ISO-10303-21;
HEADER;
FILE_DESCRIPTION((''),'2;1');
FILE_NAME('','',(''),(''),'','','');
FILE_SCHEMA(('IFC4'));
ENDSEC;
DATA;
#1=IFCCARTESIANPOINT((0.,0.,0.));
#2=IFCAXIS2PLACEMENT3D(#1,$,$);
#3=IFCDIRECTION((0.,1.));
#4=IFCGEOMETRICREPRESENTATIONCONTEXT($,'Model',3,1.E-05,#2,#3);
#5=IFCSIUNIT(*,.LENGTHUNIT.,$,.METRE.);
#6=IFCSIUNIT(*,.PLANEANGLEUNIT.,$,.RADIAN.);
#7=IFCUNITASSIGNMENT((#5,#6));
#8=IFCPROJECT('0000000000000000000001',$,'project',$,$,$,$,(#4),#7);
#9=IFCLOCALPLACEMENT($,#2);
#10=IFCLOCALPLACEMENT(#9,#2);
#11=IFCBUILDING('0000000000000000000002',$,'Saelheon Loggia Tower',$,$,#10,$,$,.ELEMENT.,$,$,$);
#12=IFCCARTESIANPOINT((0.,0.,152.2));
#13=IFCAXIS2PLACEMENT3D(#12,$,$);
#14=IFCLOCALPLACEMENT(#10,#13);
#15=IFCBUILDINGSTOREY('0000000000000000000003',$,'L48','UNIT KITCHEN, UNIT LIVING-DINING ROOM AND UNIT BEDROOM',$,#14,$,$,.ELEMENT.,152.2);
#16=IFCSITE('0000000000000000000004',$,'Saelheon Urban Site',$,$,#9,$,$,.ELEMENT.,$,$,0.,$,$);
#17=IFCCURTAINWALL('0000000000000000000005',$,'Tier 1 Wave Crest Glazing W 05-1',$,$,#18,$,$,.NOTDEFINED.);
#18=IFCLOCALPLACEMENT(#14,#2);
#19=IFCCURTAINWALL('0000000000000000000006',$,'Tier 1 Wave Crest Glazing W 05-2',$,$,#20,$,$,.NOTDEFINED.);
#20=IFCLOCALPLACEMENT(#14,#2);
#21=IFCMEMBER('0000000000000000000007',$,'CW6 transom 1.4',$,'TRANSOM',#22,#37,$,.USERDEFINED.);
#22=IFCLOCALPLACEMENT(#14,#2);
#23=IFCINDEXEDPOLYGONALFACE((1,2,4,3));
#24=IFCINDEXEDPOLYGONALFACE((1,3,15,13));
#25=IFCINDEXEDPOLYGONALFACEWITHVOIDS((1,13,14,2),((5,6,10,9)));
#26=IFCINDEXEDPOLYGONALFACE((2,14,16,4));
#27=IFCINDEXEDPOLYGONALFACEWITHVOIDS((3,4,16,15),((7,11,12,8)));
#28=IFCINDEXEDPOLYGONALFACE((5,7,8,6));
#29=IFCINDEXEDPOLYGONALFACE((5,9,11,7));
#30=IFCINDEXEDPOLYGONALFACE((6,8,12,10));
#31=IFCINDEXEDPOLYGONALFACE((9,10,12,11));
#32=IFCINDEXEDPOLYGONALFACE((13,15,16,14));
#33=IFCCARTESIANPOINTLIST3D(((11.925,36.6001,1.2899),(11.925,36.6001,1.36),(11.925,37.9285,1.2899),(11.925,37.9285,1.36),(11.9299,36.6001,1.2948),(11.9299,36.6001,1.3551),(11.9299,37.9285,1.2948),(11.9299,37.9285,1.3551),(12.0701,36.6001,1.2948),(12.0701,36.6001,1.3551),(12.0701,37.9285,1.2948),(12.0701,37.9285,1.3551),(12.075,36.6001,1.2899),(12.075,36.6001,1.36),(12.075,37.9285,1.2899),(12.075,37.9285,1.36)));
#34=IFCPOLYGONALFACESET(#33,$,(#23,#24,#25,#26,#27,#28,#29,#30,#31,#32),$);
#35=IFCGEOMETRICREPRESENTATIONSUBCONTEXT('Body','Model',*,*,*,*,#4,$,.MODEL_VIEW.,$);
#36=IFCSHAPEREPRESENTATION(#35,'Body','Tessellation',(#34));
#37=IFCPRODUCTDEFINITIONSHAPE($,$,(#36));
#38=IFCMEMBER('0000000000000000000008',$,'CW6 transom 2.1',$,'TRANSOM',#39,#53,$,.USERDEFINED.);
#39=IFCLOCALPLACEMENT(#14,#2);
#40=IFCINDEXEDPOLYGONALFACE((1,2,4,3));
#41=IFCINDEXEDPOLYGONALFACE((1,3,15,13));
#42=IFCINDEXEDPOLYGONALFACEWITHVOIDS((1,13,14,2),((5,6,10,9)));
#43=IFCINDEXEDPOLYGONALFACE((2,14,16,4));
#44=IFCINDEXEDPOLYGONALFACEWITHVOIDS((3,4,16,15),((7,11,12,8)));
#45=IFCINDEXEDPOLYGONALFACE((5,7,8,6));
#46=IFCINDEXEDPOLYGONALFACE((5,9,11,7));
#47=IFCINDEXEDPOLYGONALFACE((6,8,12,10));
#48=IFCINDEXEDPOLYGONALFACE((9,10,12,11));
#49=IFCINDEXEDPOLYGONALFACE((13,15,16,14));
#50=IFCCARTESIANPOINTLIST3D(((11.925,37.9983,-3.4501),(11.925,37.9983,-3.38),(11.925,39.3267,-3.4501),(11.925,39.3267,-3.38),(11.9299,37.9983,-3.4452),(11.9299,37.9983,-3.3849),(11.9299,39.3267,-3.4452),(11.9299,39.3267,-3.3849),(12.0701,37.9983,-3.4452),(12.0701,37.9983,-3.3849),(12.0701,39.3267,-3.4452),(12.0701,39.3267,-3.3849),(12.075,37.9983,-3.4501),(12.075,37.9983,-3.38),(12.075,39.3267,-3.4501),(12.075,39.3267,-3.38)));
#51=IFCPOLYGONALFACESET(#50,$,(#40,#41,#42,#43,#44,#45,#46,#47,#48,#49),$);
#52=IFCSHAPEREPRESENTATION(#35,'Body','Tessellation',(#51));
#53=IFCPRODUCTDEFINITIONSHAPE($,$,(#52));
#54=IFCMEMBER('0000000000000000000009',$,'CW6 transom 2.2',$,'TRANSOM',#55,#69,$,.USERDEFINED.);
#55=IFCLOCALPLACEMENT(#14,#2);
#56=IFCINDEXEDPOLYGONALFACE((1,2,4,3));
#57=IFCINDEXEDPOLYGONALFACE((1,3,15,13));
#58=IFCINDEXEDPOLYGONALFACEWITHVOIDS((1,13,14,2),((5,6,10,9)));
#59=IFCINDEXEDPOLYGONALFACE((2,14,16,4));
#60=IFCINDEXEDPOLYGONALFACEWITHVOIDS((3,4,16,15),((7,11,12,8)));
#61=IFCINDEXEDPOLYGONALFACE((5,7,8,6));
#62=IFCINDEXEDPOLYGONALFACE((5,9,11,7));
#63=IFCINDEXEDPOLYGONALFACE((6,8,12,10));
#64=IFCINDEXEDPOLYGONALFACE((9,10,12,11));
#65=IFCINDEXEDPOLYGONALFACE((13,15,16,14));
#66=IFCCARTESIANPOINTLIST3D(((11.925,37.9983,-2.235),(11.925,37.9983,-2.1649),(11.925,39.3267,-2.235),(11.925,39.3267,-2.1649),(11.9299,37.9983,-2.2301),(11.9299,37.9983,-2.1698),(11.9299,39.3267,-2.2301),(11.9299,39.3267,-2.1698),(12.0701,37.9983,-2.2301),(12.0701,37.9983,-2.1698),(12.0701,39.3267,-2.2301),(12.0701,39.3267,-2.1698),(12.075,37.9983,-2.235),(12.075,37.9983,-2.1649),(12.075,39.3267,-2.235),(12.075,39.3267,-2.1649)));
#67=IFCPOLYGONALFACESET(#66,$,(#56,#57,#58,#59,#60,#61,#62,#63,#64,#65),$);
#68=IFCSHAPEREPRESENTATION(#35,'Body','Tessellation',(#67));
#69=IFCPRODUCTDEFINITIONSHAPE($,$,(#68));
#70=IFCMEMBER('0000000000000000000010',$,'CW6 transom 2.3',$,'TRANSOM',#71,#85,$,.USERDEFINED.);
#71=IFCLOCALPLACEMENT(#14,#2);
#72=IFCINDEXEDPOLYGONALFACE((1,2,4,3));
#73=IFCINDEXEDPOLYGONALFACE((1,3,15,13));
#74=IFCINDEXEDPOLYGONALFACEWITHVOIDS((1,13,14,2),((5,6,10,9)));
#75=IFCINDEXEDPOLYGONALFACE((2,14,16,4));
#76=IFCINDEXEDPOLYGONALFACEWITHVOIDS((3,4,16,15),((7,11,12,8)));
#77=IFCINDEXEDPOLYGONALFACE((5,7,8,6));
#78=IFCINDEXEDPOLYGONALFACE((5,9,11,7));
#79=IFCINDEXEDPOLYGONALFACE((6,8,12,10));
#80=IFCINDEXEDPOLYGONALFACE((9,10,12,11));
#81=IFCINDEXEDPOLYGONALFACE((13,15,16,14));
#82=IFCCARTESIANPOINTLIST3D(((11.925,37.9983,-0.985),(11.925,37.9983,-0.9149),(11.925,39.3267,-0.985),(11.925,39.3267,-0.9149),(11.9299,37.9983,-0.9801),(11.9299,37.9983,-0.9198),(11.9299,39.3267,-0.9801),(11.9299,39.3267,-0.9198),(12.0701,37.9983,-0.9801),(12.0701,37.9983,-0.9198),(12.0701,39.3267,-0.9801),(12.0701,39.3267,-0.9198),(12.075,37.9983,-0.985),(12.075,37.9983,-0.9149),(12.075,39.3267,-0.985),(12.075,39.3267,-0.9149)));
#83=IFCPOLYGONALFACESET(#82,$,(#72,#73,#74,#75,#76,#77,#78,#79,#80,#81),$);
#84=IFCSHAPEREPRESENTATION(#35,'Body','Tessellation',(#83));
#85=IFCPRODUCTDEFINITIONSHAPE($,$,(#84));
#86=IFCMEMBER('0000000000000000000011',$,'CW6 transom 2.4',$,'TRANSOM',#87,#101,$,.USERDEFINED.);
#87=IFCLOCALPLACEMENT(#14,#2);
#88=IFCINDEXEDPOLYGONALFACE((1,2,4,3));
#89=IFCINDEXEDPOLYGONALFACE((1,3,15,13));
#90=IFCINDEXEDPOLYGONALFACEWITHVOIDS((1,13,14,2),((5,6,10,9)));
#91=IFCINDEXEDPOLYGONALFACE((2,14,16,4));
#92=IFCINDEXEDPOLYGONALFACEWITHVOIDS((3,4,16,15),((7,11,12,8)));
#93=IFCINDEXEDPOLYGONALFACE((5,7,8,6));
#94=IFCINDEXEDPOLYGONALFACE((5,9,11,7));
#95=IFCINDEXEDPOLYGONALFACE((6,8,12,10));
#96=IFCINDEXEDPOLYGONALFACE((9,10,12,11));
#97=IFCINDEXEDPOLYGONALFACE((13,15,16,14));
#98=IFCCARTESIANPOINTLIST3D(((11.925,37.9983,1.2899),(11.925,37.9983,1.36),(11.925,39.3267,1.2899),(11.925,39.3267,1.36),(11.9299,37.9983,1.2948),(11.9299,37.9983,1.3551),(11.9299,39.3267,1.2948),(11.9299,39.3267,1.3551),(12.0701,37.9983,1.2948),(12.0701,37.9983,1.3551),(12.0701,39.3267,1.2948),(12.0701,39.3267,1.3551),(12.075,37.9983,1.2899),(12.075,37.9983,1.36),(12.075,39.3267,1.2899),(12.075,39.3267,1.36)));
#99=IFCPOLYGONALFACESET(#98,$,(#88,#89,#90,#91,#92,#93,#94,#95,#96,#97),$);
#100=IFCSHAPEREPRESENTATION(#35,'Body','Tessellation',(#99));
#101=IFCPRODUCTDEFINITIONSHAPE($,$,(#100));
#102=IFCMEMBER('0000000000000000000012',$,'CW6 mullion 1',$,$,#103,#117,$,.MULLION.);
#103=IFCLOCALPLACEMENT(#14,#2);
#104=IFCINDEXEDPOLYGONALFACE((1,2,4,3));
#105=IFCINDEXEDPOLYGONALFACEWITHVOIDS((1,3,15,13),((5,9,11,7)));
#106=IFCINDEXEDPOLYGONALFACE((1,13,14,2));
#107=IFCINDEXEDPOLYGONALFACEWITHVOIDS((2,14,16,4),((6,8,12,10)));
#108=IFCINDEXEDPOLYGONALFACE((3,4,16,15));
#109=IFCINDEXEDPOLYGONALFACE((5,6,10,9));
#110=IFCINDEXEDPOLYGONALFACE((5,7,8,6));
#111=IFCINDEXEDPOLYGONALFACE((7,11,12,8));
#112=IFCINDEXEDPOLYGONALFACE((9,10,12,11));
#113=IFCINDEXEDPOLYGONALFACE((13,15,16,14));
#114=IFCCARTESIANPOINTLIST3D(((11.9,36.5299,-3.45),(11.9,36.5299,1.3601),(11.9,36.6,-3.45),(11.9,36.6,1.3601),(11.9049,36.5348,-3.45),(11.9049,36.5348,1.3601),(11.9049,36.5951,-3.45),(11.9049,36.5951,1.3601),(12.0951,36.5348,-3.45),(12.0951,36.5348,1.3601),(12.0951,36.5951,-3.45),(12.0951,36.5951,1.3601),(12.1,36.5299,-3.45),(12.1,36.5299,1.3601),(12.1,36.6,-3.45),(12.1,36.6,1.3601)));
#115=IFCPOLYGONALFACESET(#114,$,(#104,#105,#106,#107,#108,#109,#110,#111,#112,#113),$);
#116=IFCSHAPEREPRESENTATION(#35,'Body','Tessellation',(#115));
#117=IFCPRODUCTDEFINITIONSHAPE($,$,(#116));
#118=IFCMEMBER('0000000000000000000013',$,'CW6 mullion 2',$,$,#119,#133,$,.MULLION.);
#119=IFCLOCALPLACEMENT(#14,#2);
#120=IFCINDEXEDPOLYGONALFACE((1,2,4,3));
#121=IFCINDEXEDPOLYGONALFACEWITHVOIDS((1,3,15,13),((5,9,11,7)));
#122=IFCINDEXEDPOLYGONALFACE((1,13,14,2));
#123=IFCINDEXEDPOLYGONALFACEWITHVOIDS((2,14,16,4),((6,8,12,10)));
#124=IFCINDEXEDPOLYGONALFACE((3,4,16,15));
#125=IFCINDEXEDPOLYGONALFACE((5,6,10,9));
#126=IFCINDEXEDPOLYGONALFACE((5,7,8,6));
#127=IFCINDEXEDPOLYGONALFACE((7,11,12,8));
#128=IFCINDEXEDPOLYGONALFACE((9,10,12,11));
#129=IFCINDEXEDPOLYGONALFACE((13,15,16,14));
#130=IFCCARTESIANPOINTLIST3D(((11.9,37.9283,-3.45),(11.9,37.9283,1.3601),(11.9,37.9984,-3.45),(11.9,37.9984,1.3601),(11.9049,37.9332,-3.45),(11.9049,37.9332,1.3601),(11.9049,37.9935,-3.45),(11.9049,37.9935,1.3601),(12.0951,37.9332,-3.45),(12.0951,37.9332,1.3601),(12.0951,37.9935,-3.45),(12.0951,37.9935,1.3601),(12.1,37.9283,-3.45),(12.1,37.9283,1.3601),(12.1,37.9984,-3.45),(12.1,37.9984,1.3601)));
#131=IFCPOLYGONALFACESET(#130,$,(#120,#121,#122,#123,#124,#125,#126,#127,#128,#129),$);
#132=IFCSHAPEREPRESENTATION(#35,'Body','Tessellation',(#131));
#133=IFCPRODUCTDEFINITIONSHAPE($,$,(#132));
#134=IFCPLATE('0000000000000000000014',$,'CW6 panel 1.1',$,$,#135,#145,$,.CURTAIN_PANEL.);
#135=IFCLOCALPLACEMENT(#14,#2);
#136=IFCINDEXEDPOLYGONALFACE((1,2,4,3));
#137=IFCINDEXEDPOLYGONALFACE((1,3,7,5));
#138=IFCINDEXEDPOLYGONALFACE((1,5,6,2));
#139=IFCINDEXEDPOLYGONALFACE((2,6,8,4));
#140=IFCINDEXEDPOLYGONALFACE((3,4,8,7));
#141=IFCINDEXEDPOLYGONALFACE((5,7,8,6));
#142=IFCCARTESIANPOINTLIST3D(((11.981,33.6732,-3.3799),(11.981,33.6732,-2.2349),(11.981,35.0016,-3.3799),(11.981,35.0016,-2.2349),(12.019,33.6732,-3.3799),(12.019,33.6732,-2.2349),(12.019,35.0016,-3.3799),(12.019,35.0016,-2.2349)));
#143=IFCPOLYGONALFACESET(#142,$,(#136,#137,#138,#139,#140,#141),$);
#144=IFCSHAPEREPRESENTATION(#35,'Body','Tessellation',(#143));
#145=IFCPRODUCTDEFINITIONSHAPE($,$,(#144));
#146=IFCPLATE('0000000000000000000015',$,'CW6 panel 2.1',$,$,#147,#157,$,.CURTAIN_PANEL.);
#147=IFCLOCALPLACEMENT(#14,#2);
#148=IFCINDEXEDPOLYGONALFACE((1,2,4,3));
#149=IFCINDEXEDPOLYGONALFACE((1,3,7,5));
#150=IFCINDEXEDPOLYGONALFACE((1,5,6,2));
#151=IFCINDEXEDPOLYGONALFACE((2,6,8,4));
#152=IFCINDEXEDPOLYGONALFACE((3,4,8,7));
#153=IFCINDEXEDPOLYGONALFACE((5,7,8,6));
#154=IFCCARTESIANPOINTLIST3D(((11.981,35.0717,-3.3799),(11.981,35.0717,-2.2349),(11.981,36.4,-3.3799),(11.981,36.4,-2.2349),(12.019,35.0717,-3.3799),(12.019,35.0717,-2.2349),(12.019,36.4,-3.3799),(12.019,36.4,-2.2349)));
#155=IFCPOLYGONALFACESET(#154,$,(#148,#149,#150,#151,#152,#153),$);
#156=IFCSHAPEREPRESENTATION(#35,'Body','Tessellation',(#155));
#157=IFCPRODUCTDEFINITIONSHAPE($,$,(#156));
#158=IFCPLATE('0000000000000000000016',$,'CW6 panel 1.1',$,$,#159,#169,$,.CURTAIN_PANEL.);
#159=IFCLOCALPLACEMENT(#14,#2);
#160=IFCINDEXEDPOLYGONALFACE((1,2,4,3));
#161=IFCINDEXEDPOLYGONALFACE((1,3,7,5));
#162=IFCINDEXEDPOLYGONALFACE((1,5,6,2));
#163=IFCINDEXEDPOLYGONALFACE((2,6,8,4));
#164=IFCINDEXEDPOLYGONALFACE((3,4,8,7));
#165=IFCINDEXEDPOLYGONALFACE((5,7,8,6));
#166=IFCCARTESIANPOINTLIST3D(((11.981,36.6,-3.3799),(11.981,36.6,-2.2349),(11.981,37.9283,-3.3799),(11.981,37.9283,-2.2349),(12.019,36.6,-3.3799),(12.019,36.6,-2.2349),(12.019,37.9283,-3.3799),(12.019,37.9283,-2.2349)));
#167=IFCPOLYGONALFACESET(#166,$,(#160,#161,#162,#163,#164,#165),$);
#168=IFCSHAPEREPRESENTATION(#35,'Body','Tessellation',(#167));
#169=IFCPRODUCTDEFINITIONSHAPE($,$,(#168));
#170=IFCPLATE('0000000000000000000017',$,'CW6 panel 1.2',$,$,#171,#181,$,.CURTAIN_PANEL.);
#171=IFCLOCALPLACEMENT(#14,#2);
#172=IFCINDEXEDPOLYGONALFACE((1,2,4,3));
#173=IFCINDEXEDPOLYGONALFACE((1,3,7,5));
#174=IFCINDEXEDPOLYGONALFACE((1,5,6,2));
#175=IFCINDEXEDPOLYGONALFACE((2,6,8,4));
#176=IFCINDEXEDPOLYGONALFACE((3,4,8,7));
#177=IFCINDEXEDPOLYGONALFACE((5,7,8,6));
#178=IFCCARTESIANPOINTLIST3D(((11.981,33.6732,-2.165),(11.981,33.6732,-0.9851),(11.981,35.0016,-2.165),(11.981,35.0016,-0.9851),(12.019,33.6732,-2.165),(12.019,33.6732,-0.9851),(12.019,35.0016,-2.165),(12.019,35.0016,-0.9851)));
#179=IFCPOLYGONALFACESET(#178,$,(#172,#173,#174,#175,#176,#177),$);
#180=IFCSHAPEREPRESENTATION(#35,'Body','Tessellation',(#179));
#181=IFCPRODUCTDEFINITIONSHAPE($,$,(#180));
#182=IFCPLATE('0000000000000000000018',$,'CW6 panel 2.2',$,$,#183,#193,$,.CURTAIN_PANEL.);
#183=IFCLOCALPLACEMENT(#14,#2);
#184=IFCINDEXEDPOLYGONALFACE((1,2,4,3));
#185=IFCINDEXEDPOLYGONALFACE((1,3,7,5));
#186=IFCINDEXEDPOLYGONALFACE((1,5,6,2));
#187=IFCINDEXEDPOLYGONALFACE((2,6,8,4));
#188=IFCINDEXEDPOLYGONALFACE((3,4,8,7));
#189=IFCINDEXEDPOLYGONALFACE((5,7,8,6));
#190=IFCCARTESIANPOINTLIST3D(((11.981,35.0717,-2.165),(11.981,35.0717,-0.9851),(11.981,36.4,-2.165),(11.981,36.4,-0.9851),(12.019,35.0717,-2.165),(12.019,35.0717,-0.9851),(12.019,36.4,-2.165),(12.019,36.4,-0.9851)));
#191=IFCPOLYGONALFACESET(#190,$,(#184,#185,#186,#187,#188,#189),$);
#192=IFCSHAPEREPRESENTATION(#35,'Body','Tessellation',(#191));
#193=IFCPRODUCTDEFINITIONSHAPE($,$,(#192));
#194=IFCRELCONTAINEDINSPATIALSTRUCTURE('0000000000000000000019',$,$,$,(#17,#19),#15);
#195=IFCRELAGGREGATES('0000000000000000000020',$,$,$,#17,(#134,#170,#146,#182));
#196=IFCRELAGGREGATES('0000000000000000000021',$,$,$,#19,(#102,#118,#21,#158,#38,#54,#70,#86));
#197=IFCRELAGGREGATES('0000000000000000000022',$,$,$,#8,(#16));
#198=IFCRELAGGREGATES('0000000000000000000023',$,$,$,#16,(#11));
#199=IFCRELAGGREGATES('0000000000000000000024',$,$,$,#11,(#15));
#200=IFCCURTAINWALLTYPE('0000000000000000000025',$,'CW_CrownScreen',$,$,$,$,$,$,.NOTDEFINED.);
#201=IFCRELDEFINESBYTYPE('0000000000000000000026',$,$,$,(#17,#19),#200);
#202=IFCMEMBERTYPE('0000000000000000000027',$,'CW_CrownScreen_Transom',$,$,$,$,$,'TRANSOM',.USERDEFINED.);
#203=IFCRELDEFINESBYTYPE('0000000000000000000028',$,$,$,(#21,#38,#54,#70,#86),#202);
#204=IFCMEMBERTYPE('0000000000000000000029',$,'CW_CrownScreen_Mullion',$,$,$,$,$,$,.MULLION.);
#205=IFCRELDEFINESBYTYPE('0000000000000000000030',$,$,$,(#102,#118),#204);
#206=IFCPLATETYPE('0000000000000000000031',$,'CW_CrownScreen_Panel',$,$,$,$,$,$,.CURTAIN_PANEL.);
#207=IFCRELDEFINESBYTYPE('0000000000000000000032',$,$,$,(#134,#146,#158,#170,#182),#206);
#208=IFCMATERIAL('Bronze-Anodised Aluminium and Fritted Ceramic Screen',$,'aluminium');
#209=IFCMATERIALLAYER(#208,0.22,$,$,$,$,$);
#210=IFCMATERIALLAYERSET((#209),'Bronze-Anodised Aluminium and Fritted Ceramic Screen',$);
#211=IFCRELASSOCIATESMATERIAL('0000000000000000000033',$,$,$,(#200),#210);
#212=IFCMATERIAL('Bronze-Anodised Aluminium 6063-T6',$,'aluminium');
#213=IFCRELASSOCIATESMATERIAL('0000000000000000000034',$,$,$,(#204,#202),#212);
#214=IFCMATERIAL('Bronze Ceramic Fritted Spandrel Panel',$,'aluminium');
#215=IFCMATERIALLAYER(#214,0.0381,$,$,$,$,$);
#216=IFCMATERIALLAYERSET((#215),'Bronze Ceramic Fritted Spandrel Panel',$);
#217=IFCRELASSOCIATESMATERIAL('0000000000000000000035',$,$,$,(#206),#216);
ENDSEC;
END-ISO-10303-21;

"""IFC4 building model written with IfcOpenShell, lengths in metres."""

from ifc_helpers import new_model, si_unit, direction, frame, origin, origin_2d, place, context, subcontext, project, spatial, rectangle, hollow_rectangle, extrude, source, transform, mapped, material, layer, layer_set, material_profile, profile_set, type_object, element, aggregate, save


model = new_model("IFC4")

# Units and contexts
model_context = context("Model", 3, precision=1e-05, world=origin(), true_north=direction((0.0, 1.0)))
body_context = subcontext(model_context, "Body", "Model", "MODEL_VIEW")
ifc_project = project(units=[si_unit("LENGTHUNIT", "METRE"), si_unit("PLANEANGLEUNIT", "RADIAN")], contexts=[model_context])

# Site, building, storey
site_placement = place(None, origin())
site = spatial("IfcSite", under=ifc_project, at=site_placement, Name="Saelheon Urban Site", CompositionType="ELEMENT", RefElevation=0.0)
building_placement = place(site_placement, origin())
building = spatial("IfcBuilding", under=site, at=building_placement, Name="Saelheon Loggia Tower", CompositionType="ELEMENT")
storey_placement = place(building_placement, frame((0.0, 0.0, 152.2)))
storey = spatial("IfcBuildingStorey", under=building, at=storey_placement, Name="L48", Description="UNIT KITCHEN, UNIT LIVING-DINING ROOM AND UNIT BEDROOM", CompositionType="ELEMENT", Elevation=152.2)

# Curtain walls, members
ifc_material_1 = material(Name="Bronze-Anodised Aluminium and Fritted Ceramic Screen", Category="aluminium")
ifc_layer_1 = layer(ifc_material_1, 0.22)
ifc_layer_set_1 = layer_set([ifc_layer_1], Name="Bronze-Anodised Aluminium and Fritted Ceramic Screen")
curtain_wall_type = type_object("IfcCurtainWallType", Name="CW_CrownScreen", PredefinedType="NOTDEFINED", material=ifc_layer_set_1)
curtain_wall_1_placement = place(storey_placement, origin())
curtain_wall_1 = element("IfcCurtainWall", 1, at=curtain_wall_1_placement, inside=storey, type_object=curtain_wall_type, Name="Tier 1 Wave Crest Glazing W 05-1", PredefinedType="NOTDEFINED")
ifc_material_2 = material(Name="Bronze-Anodised Aluminium 6063-T6", Category="aluminium")
ifc_material_profile_1 = material_profile(ifc_material_2, hollow_rectangle(XDim=0.0701, YDim=0.2, WallThickness=0.0049, at=origin_2d()), Name="RHS-200x70x5")
ifc_profile_set_1 = profile_set([ifc_material_profile_1], Name="Bronze-Anodised Aluminium 6063-T6")
member_type_1 = type_object("IfcMemberType", Name="CW_CrownScreen_Mullion", PredefinedType="MULLION", material=ifc_profile_set_1)
ifc_material_profile_2 = material_profile(ifc_material_2, hollow_rectangle(XDim=0.0701, YDim=0.1499, WallThickness=0.0049, at=origin_2d()), Name="RHS-150x70x5")
ifc_profile_set_2 = profile_set([ifc_material_profile_2], Name="Bronze-Anodised Aluminium 6063-T6")
member_type_2 = type_object("IfcMemberType", Name="CW_CrownScreen_Transom", ElementType="TRANSOM", PredefinedType="USERDEFINED", material=ifc_profile_set_2)
shared_shape_1 = source(origin(), body_context, "Body", "SweptSolid", [
    extrude(hollow_rectangle(XDim=0.0701, YDim=0.1499, WallThickness=0.0049, at=origin_2d()), origin(), (0.0, 0.0, 1.0), 1.3284),
])
curtain_wall_2_placement = place(storey_placement, origin())
curtain_wall_2 = element("IfcCurtainWall", 2, at=curtain_wall_2_placement, inside=storey, type_object=curtain_wall_type, Name="Tier 1 Wave Crest Glazing W 05-2", PredefinedType="NOTDEFINED")
member_1_placement = place(storey_placement, frame((12.0, 36.6001, 1.325), z_axis=(0.0, 1.0, 0.0), x_axis=(0.0, 0.0, 1.0)))
member_1 = element("IfcMember", 3, at=member_1_placement, type_object=member_type_2, Name="CW6 transom 1.4", ObjectType="TRANSOM", PredefinedType="USERDEFINED", context=body_context, shape_type="MappedRepresentation", body=[
    mapped(shared_shape_1, transform((0.0, 0.0, 0.0), scale=1.0)),
])
member_2_placement = place(storey_placement, frame((12.0, 37.9983, -3.415), z_axis=(0.0, 1.0, 0.0), x_axis=(0.0, 0.0, 1.0)))
member_2 = element("IfcMember", 4, at=member_2_placement, type_object=member_type_2, Name="CW6 transom 2.1", ObjectType="TRANSOM", PredefinedType="USERDEFINED", context=body_context, shape_type="MappedRepresentation", body=[
    mapped(shared_shape_1, transform((0.0, 0.0, 0.0), scale=1.0)),
])
member_3_placement = place(storey_placement, frame((12.0, 37.9983, -2.2), z_axis=(0.0, 1.0, 0.0), x_axis=(0.0, 0.0, 1.0)))
member_3 = element("IfcMember", 5, at=member_3_placement, type_object=member_type_2, Name="CW6 transom 2.2", ObjectType="TRANSOM", PredefinedType="USERDEFINED", context=body_context, shape_type="MappedRepresentation", body=[
    mapped(shared_shape_1, transform((0.0, 0.0, 0.0), scale=1.0)),
])
member_4_placement = place(storey_placement, frame((12.0, 37.9983, -0.95), z_axis=(0.0, 1.0, 0.0), x_axis=(0.0, 0.0, 1.0)))
member_4 = element("IfcMember", 6, at=member_4_placement, type_object=member_type_2, Name="CW6 transom 2.3", ObjectType="TRANSOM", PredefinedType="USERDEFINED", context=body_context, shape_type="MappedRepresentation", body=[
    mapped(shared_shape_1, transform((0.0, 0.0, 0.0), scale=1.0)),
])
member_5_placement = place(storey_placement, frame((12.0, 37.9983, 1.325), z_axis=(0.0, 1.0, 0.0), x_axis=(0.0, 0.0, 1.0)))
member_5 = element("IfcMember", 7, at=member_5_placement, type_object=member_type_2, Name="CW6 transom 2.4", ObjectType="TRANSOM", PredefinedType="USERDEFINED", context=body_context, shape_type="MappedRepresentation", body=[
    mapped(shared_shape_1, transform((0.0, 0.0, 0.0), scale=1.0)),
])
shared_shape_2 = source(origin(), body_context, "Body", "SweptSolid", [
    extrude(hollow_rectangle(XDim=0.0701, YDim=0.2, WallThickness=0.0049, at=origin_2d()), origin(), (0.0, 0.0, 1.0), 4.8101),
])
member_6_placement = place(storey_placement, frame((12.0, 36.5649, -3.45), z_axis=(0.0, 0.0, 1.0), x_axis=(0.0, 1.0, 0.0)))
member_6 = element("IfcMember", 8, at=member_6_placement, type_object=member_type_1, Name="CW6 mullion 1", PredefinedType="MULLION", context=body_context, shape_type="MappedRepresentation", body=[
    mapped(shared_shape_2, transform((0.0, 0.0, 0.0), scale=1.0)),
])
member_7_placement = place(storey_placement, frame((12.0, 37.9634, -3.45), z_axis=(0.0, 0.0, 1.0), x_axis=(0.0, 1.0, 0.0)))
member_7 = element("IfcMember", 9, at=member_7_placement, type_object=member_type_1, Name="CW6 mullion 2", PredefinedType="MULLION", context=body_context, shape_type="MappedRepresentation", body=[
    mapped(shared_shape_2, transform((0.0, 0.0, 0.0), scale=1.0)),
])

# Plates
ifc_material_3 = material(Name="Bronze Ceramic Fritted Spandrel Panel", Category="aluminium")
ifc_layer_2 = layer(ifc_material_3, 0.0381)
ifc_layer_set_2 = layer_set([ifc_layer_2], Name="Bronze Ceramic Fritted Spandrel Panel")
plate_type = type_object("IfcPlateType", Name="CW_CrownScreen_Panel", PredefinedType="CURTAIN_PANEL", material=ifc_layer_set_2)
shared_shape_3 = source(origin(), body_context, "Body", "SweptSolid", [
    extrude(rectangle(XDim=1.3284, YDim=0.0381, at=origin_2d()), origin(), (0.0, 0.0, 1.0), 1.145),
])
plate_1_placement = place(storey_placement, frame((12.0, 34.3374, -3.3799), z_axis=(0.0, 0.0, 1.0), x_axis=(0.0, 1.0, 0.0)))
plate_1 = element("IfcPlate", 10, at=plate_1_placement, type_object=plate_type, Name="CW6 panel 1.1", PredefinedType="CURTAIN_PANEL", context=body_context, shape_type="MappedRepresentation", body=[
    mapped(shared_shape_3, transform((0.0, 0.0, 0.0), scale=1.0)),
])
plate_2_placement = place(storey_placement, frame((12.0, 35.7358, -3.3799), z_axis=(0.0, 0.0, 1.0), x_axis=(0.0, 1.0, 0.0)))
plate_2 = element("IfcPlate", 11, at=plate_2_placement, type_object=plate_type, Name="CW6 panel 2.1", PredefinedType="CURTAIN_PANEL", context=body_context, shape_type="MappedRepresentation", body=[
    mapped(shared_shape_3, transform((0.0, 0.0, 0.0), scale=1.0)),
])
plate_3_placement = place(storey_placement, frame((12.0, 37.2642, -3.3799), z_axis=(0.0, 0.0, 1.0), x_axis=(0.0, 1.0, 0.0)))
plate_3 = element("IfcPlate", 12, at=plate_3_placement, type_object=plate_type, Name="CW6 panel 1.1", PredefinedType="CURTAIN_PANEL", context=body_context, shape_type="MappedRepresentation", body=[
    mapped(shared_shape_3, transform((0.0, 0.0, 0.0), scale=1.0)),
])
shared_shape_4 = source(origin(), body_context, "Body", "SweptSolid", [
    extrude(rectangle(XDim=1.3284, YDim=0.0381, at=origin_2d()), origin(), (0.0, 0.0, 1.0), 1.1799),
])
plate_4_placement = place(storey_placement, frame((12.0, 34.3374, -2.165), z_axis=(0.0, 0.0, 1.0), x_axis=(0.0, 1.0, 0.0)))
plate_4 = element("IfcPlate", 13, at=plate_4_placement, type_object=plate_type, Name="CW6 panel 1.2", PredefinedType="CURTAIN_PANEL", context=body_context, shape_type="MappedRepresentation", body=[
    mapped(shared_shape_4, transform((0.0, 0.0, 0.0), scale=1.0)),
])
plate_5_placement = place(storey_placement, frame((12.0, 35.7358, -2.165), z_axis=(0.0, 0.0, 1.0), x_axis=(0.0, 1.0, 0.0)))
plate_5 = element("IfcPlate", 14, at=plate_5_placement, type_object=plate_type, Name="CW6 panel 2.2", PredefinedType="CURTAIN_PANEL", context=body_context, shape_type="MappedRepresentation", body=[
    mapped(shared_shape_4, transform((0.0, 0.0, 0.0), scale=1.0)),
])
aggregate(curtain_wall_1, [plate_1, plate_4, plate_2, plate_5])
aggregate(curtain_wall_2, [member_6, member_7, member_1, plate_3, member_2, member_3, member_4, member_5])

save(model, "model.ifc")
